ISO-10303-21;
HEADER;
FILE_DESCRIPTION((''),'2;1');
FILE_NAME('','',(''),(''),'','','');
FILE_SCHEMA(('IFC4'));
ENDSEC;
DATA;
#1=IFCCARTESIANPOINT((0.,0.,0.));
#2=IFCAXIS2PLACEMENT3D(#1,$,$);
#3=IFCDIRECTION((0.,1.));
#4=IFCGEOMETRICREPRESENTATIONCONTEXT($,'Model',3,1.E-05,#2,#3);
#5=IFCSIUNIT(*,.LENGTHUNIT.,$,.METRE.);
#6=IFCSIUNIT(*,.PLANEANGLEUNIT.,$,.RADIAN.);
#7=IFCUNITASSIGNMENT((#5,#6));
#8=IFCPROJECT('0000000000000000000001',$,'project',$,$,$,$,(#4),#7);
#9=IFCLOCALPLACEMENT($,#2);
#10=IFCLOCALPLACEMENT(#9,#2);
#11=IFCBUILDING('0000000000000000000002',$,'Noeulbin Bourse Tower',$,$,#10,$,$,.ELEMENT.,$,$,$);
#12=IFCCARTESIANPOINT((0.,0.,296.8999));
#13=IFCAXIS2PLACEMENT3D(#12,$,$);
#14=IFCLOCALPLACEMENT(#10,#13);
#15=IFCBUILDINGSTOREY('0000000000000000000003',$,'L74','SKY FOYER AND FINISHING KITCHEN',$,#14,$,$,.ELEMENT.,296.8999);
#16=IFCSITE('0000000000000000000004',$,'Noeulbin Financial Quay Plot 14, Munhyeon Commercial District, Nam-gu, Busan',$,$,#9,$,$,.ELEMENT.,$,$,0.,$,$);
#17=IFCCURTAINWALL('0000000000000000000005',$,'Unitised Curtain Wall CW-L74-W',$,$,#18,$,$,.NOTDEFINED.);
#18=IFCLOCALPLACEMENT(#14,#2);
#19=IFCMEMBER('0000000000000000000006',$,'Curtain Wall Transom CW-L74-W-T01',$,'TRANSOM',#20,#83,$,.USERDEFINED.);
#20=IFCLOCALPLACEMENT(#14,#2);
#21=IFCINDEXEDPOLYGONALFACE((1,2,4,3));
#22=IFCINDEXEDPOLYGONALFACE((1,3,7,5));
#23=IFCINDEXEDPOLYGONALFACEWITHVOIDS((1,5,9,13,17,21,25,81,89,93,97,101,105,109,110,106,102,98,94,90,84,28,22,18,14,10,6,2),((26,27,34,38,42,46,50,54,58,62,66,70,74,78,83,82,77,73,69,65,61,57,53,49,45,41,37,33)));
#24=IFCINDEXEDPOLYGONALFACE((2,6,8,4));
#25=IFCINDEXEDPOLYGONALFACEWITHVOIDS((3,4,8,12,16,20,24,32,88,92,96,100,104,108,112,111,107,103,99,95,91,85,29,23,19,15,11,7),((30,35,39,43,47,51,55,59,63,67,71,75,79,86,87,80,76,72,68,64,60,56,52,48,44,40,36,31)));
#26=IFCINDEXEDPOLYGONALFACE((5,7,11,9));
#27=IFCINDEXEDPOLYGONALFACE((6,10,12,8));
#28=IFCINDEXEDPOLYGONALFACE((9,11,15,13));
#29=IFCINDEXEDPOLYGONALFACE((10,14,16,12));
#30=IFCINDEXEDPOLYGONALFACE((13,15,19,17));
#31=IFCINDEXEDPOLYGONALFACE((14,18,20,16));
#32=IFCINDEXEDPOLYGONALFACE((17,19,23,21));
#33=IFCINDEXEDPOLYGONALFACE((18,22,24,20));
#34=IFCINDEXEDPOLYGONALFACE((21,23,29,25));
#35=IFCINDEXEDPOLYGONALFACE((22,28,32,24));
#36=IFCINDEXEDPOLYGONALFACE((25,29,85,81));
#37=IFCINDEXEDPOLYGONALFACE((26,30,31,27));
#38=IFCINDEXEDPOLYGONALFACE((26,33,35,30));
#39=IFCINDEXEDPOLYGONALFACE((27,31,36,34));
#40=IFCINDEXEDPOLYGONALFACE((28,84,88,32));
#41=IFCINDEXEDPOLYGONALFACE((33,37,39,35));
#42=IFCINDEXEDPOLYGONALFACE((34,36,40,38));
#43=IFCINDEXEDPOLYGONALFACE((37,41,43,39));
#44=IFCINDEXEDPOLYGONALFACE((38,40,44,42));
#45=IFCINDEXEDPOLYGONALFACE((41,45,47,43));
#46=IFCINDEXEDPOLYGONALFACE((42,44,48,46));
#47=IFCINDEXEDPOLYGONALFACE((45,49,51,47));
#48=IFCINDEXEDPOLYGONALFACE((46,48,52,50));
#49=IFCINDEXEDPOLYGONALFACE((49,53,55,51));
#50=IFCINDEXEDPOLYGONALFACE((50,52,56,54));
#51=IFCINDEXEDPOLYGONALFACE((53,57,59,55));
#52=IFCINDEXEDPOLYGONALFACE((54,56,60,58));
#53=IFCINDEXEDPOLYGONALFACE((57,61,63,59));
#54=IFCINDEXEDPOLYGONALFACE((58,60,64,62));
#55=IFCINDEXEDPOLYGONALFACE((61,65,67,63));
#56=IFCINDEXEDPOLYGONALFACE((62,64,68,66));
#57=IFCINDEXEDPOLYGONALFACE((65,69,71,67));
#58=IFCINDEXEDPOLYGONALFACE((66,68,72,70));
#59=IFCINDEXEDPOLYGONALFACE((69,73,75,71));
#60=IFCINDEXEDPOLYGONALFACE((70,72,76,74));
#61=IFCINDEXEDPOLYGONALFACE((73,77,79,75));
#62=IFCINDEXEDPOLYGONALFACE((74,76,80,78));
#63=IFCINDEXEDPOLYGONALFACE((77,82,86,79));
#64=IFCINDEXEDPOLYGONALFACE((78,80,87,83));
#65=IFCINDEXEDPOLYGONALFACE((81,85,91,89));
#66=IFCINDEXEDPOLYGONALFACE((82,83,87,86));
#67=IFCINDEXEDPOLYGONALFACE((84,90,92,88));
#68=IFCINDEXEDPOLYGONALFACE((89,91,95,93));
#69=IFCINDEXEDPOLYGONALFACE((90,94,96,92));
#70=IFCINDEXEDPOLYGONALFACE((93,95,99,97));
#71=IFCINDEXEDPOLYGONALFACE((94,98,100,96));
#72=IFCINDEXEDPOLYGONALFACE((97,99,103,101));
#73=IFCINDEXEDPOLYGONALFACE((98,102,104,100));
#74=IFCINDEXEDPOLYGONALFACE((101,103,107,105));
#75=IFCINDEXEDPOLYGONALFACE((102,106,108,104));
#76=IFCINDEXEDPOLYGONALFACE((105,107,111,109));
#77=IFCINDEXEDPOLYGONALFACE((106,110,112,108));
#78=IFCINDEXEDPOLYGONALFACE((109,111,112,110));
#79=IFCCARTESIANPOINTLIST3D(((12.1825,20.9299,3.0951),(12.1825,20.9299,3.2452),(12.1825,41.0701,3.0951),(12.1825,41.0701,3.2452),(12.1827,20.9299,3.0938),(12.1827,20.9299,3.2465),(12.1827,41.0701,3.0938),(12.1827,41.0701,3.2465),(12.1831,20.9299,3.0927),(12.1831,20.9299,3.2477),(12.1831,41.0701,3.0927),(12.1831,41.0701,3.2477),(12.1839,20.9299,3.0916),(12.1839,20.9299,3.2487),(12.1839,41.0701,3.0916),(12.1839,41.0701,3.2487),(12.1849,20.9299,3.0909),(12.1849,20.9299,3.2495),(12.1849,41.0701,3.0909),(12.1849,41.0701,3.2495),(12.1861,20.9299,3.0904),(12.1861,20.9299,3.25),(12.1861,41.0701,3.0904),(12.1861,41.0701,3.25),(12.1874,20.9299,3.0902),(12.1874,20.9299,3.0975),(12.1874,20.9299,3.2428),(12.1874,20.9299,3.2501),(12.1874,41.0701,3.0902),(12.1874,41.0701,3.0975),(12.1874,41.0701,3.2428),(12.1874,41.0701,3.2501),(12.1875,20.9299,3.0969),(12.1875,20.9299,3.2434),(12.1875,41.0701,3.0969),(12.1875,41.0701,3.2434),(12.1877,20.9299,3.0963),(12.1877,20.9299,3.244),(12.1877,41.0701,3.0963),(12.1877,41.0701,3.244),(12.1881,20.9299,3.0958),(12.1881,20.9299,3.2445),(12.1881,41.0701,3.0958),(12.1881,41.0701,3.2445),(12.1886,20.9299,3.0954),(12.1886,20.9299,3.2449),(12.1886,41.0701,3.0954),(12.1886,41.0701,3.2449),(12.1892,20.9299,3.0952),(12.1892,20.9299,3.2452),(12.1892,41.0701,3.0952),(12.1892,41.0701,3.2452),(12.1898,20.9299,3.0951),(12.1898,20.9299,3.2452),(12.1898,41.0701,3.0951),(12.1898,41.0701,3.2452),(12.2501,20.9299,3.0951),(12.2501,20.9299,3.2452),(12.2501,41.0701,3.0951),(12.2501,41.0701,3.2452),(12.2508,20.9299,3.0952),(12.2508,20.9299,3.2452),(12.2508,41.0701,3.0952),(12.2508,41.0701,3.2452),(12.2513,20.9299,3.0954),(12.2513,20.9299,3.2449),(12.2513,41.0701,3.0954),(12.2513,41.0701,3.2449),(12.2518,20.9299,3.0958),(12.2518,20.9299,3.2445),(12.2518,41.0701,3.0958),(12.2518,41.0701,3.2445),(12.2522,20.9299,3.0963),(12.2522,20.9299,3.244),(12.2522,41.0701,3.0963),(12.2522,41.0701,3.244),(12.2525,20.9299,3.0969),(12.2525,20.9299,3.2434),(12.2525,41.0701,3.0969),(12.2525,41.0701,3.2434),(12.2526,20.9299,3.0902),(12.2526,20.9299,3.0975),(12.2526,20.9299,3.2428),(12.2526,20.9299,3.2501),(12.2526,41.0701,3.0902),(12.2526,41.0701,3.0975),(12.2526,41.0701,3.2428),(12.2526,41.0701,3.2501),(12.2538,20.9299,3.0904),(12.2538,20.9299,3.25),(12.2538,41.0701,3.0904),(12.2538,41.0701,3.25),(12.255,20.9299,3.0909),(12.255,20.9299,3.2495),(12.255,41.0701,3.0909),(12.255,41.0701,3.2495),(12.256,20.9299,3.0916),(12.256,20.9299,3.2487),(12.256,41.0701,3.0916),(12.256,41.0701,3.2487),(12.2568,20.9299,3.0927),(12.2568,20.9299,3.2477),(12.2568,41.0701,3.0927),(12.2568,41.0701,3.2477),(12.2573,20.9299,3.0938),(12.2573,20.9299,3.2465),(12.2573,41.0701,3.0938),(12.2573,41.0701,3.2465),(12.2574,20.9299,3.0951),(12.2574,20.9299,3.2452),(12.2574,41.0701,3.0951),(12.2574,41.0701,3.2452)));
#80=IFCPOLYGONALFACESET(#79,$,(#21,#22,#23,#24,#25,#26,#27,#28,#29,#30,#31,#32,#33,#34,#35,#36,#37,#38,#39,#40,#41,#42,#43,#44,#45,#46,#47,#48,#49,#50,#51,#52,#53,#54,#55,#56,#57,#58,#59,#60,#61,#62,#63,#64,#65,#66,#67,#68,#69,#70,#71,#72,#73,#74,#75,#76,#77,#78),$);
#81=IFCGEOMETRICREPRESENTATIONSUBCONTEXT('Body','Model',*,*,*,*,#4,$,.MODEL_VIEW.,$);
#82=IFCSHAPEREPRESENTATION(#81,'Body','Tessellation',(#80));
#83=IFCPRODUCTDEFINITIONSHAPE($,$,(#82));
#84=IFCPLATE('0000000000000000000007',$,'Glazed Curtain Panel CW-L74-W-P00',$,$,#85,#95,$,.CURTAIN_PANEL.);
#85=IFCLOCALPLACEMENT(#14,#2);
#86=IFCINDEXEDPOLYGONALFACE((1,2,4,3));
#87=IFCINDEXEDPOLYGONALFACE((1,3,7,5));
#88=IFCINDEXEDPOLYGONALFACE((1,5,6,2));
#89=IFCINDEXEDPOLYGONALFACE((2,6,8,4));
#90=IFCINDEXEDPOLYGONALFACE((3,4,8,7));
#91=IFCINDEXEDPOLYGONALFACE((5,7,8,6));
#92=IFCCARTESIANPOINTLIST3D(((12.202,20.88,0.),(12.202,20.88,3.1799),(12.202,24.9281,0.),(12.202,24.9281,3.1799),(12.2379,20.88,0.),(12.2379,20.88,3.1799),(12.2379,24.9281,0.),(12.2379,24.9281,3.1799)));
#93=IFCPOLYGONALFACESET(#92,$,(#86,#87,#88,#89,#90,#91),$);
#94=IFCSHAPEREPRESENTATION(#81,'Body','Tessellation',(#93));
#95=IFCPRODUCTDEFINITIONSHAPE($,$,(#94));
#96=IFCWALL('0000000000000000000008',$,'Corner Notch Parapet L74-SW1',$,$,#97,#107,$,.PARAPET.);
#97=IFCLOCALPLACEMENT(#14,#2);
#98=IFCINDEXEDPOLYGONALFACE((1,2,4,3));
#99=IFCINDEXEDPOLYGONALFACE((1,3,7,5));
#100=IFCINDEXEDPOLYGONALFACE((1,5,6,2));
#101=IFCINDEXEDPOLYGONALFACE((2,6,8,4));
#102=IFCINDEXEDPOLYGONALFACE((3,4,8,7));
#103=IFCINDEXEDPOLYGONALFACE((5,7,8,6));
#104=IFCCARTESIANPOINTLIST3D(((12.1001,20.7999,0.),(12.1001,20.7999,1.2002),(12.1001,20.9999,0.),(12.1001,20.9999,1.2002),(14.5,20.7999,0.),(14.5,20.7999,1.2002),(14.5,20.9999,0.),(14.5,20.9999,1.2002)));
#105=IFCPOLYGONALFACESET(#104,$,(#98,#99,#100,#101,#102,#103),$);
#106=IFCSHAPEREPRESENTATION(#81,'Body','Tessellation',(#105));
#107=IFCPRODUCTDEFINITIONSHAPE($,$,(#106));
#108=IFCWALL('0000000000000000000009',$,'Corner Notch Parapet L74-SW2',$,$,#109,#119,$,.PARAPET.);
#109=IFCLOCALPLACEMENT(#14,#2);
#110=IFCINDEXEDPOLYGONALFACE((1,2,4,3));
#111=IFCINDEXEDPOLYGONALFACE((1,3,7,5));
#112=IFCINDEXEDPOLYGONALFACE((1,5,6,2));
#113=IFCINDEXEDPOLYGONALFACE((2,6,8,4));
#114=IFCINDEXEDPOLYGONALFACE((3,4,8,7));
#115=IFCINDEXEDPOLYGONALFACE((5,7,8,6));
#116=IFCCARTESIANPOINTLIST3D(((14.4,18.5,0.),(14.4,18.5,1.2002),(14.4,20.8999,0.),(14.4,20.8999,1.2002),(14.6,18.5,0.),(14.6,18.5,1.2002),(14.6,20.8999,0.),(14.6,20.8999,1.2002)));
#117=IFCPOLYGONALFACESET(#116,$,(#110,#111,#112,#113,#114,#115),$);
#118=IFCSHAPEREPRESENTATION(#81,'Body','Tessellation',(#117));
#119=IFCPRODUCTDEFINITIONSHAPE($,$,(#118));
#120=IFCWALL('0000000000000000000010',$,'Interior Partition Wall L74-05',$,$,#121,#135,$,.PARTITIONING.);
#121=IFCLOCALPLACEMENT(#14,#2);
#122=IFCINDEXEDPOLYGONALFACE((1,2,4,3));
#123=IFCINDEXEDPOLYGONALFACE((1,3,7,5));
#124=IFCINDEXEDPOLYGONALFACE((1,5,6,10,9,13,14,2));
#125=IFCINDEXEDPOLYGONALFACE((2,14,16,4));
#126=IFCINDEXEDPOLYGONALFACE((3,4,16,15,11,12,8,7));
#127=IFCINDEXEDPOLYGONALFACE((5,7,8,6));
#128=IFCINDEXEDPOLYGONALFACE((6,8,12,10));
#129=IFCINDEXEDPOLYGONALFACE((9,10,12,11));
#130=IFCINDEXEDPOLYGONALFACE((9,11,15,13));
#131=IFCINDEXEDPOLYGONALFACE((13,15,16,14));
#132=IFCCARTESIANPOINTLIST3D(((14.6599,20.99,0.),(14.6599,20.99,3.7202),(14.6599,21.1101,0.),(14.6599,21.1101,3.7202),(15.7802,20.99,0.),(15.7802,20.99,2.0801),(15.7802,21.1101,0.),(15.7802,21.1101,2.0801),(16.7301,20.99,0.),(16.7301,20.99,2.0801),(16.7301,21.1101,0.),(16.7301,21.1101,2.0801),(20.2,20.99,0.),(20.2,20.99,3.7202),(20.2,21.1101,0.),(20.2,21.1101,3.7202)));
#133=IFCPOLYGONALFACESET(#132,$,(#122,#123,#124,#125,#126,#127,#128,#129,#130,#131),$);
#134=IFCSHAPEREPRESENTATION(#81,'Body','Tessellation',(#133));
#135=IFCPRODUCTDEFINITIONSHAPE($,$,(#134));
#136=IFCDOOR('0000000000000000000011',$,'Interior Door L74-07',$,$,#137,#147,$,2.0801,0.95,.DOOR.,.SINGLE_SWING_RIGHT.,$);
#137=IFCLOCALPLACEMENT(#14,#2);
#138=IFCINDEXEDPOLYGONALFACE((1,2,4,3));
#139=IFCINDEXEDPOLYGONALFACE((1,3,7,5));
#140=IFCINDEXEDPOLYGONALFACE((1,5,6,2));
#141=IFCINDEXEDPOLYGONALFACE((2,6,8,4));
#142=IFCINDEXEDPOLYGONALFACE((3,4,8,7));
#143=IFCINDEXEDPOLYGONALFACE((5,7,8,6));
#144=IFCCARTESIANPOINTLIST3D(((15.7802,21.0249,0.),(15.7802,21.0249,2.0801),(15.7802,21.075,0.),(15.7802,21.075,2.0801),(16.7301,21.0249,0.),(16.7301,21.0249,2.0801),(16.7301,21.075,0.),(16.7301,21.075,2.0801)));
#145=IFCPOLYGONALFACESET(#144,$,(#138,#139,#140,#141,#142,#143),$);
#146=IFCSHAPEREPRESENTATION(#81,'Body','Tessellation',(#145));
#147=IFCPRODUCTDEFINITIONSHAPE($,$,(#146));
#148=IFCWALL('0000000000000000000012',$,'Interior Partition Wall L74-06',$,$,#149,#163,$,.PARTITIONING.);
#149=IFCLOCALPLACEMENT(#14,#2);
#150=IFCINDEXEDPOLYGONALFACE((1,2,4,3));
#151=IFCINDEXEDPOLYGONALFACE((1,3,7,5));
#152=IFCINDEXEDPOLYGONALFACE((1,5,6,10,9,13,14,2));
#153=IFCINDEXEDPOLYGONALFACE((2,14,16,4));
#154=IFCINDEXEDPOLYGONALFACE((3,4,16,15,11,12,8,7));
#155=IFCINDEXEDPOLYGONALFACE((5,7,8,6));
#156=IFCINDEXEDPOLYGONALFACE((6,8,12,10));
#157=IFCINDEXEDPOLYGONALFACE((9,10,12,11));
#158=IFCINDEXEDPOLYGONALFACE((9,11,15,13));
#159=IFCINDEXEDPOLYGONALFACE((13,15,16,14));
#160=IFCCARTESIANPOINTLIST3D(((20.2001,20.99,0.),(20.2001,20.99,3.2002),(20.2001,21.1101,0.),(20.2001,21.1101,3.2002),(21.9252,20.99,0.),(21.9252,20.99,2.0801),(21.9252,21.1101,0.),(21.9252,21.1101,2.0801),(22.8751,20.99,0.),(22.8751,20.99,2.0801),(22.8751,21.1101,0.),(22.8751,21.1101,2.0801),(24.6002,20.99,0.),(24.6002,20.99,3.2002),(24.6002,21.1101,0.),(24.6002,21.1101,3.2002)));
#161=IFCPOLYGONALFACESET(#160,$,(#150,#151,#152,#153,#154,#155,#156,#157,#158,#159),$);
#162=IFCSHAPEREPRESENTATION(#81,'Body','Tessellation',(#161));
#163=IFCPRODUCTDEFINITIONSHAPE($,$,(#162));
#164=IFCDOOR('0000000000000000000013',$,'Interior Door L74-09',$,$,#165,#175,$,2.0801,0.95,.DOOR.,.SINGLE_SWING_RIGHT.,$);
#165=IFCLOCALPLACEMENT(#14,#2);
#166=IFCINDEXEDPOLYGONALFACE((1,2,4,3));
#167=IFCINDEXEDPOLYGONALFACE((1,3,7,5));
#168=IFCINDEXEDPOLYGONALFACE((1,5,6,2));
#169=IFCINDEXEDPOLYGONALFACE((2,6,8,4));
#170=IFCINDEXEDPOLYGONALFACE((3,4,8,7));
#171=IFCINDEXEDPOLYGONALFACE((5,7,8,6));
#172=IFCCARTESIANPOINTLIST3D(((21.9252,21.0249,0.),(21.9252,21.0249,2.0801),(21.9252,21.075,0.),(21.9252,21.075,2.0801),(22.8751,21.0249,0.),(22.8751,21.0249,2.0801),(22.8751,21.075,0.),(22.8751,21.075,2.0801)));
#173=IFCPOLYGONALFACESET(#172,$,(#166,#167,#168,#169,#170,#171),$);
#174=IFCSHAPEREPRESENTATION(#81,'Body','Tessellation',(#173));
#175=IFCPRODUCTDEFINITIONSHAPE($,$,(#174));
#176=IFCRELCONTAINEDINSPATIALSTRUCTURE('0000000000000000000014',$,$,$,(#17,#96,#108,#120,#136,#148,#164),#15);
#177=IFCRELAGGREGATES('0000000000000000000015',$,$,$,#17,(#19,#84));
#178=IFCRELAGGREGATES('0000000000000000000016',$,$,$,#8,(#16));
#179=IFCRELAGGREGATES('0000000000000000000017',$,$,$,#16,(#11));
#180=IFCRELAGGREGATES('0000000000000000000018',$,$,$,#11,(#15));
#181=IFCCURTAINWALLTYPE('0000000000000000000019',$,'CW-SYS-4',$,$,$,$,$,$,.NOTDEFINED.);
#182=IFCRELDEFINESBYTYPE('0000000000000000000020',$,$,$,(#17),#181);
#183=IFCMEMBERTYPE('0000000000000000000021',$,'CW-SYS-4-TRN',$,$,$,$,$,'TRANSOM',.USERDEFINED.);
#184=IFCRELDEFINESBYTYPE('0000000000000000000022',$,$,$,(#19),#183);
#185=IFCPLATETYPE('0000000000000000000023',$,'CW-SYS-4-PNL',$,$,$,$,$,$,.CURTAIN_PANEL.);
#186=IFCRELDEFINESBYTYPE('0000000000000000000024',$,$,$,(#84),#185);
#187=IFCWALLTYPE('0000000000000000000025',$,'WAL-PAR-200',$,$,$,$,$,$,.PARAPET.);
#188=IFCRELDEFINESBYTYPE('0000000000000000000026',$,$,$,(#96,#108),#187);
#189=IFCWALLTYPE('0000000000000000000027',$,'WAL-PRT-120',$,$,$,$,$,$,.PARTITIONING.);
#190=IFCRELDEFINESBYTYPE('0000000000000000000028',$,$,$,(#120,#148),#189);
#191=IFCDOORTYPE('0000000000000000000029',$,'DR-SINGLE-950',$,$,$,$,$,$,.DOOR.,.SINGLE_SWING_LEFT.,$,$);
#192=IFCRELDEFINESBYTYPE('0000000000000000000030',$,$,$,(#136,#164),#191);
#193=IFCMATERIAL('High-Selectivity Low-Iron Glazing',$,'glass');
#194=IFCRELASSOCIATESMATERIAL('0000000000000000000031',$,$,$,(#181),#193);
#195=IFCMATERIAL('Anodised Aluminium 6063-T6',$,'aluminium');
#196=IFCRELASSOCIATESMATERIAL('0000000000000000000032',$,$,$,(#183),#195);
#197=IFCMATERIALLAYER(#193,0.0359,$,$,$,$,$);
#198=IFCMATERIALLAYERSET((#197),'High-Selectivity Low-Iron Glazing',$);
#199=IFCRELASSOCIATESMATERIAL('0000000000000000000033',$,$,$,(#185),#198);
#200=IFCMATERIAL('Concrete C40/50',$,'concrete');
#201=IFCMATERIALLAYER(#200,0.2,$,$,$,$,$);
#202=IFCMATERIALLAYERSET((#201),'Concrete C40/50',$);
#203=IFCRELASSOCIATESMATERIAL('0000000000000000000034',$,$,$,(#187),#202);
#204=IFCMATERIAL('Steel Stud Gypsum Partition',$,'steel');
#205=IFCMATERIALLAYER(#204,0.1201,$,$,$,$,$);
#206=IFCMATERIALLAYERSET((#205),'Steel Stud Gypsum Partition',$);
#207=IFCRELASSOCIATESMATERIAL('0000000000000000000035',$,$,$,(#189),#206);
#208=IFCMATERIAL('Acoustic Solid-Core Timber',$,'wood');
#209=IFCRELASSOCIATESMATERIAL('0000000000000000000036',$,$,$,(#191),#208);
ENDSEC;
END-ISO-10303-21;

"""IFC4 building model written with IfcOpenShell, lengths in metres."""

from ifc_helpers import new_model, si_unit, direction, frame, frame_2d, origin, origin_2d, place, context, subcontext, project, spatial, rectangle, hollow_rectangle, extrude, material, layer, layer_set, material_profile, profile_set, type_object, element, fill, aggregate, save


model = new_model("IFC4")

# Units and contexts
model_context = context("Model", 3, precision=1e-05, world=origin(), true_north=direction((0.0, 1.0)))
body_context = subcontext(model_context, "Body", "Model", "MODEL_VIEW")
ifc_project = project(units=[si_unit("LENGTHUNIT", "METRE"), si_unit("PLANEANGLEUNIT", "RADIAN")], contexts=[model_context])

# Site, building, storey
site_placement = place(None, origin())
site = spatial("IfcSite", under=ifc_project, at=site_placement, Name="Noeulbin Financial Quay Plot 14, Munhyeon Commercial District, Nam-gu, Busan", CompositionType="ELEMENT", RefElevation=0.0)
building_placement = place(site_placement, origin())
building = spatial("IfcBuilding", under=site, at=building_placement, Name="Noeulbin Bourse Tower", CompositionType="ELEMENT")
storey_placement = place(building_placement, frame((0.0, 0.0, 296.8999)))
storey = spatial("IfcBuildingStorey", under=building, at=storey_placement, Name="L74", Description="SKY FOYER AND FINISHING KITCHEN", CompositionType="ELEMENT", Elevation=296.8999)

# Curtain wall, member, plate
ifc_material_1 = material(Name="High-Selectivity Low-Iron Glazing", Category="glass")
curtain_wall_type = type_object("IfcCurtainWallType", Name="CW-SYS-4", PredefinedType="NOTDEFINED", material=ifc_material_1)
curtain_wall_placement = place(storey_placement, origin())
curtain_wall = element("IfcCurtainWall", 1, at=curtain_wall_placement, inside=storey, type_object=curtain_wall_type, Name="Unitised Curtain Wall CW-L74-W", PredefinedType="NOTDEFINED")
ifc_material_2 = material(Name="Anodised Aluminium 6063-T6", Category="aluminium")
ifc_material_profile_1 = material_profile(ifc_material_2, hollow_rectangle(XDim=0.075, YDim=0.1599, WallThickness=0.0049, InnerFilletRadius=0.0024, OuterFilletRadius=0.0049, at=origin_2d()), Name="ALU-TRAN-75x160x5", Category="LoadBearing")
ifc_profile_set_1 = profile_set([ifc_material_profile_1], Name="Anodised Aluminium 6063-T6")
member_type_1 = type_object("IfcMemberType", Name="CW-SYS-4-TRN", ElementType="TRANSOM", PredefinedType="USERDEFINED", material=ifc_profile_set_1)
member_1_placement = place(storey_placement, frame((12.22, 20.9299, 3.1702), z_axis=(0.0, 1.0, 0.0), x_axis=(-1.0, 0.0, 0.0)))
member_1 = element("IfcMember", 2, at=member_1_placement, type_object=member_type_1, Name="Curtain Wall Transom CW-L74-W-T01", ObjectType="TRANSOM", PredefinedType="USERDEFINED", context=body_context, shape_type="SweptSolid", body=[
    extrude(hollow_rectangle(XDim=0.075, YDim=0.1599, WallThickness=0.0049, InnerFilletRadius=0.0024, OuterFilletRadius=0.0049, at=origin_2d()), origin(), (0.0, 0.0, 1.0), 20.1401),
])
ifc_layer_1 = layer(ifc_material_1, 0.0359)
ifc_layer_set_1 = layer_set([ifc_layer_1], Name="High-Selectivity Low-Iron Glazing")
plate_type = type_object("IfcPlateType", Name="CW-SYS-4-PNL", PredefinedType="CURTAIN_PANEL", material=ifc_layer_set_1)
plate_placement = place(storey_placement, frame((12.22, 22.9041, 0.0), z_axis=(0.0, 0.0, 1.0), x_axis=(0.0, 1.0, 0.0)))
plate = element("IfcPlate", 3, at=plate_placement, type_object=plate_type, Name="Glazed Curtain Panel CW-L74-W-P00", PredefinedType="CURTAIN_PANEL", context=body_context, shape_type="SweptSolid", body=[
    extrude(rectangle(XDim=4.0481, YDim=0.0359, at=origin_2d()), origin(), (0.0, 0.0, 1.0), 3.1799),
])
aggregate(curtain_wall, [member_1, plate])

# Walls
ifc_material_3 = material(Name="Concrete C40/50", Category="concrete")
ifc_layer_2 = layer(ifc_material_3, 0.2)
ifc_layer_set_2 = layer_set([ifc_layer_2], Name="Concrete C40/50")
wall_type_1 = type_object("IfcWallType", Name="WAL-PAR-200", PredefinedType="PARAPET", material=ifc_layer_set_2)
for number, where, z_axis, x_axis, name in (
    (4, (12.1001, 20.8999, 0.0), (0.0, 0.0, 1.0), (1.0, 0.0, 0.0), "Corner Notch Parapet L74-SW1"),
    (5, (14.5, 20.8999, 0.0), (0.0, 0.0, 1.0), (0.0, -1.0, 0.0), "Corner Notch Parapet L74-SW2"),
):
    element("IfcWall", number, at=place(storey_placement, frame(where, z_axis=z_axis, x_axis=x_axis)), inside=storey, type_object=wall_type_1, Name=name, PredefinedType="PARAPET", context=body_context, shape_type="SweptSolid", body=[
        extrude(rectangle(XDim=2.3999, YDim=0.2, at=frame_2d((1.2, 0.0))), origin(), (0.0, 0.0, 1.0), 1.2002),
    ])

# Walls, openings, doors
ifc_material_4 = material(Name="Steel Stud Gypsum Partition", Category="steel")
ifc_layer_3 = layer(ifc_material_4, 0.1201)
ifc_layer_set_3 = layer_set([ifc_layer_3], Name="Steel Stud Gypsum Partition")
wall_type_2 = type_object("IfcWallType", Name="WAL-PRT-120", PredefinedType="PARTITIONING", material=ifc_layer_set_3)
wall_1_placement = place(storey_placement, frame((14.6599, 21.05, 0.0), z_axis=(0.0, 0.0, 1.0), x_axis=(1.0, 0.0, 0.0)))
wall_1 = element("IfcWall", 6, at=wall_1_placement, inside=storey, type_object=wall_type_2, Name="Interior Partition Wall L74-05", PredefinedType="PARTITIONING", context=body_context, shape_type="SweptSolid", body=[
    extrude(rectangle(XDim=5.54, YDim=0.1201, at=frame_2d((2.77, 0.0))), origin(), (0.0, 0.0, 1.0), 3.7202),
])
opening_1_placement = place(wall_1_placement, frame((1.1201, 0.0, 0.0)))
opening_1 = element("IfcOpeningElement", 7, at=opening_1_placement, cuts=wall_1, PredefinedType="OPENING", context=body_context, shape_type="SweptSolid", body=[
    extrude(rectangle(XDim=0.95, YDim=2.0801, at=frame_2d((0.4751, 1.04))), frame((0.0, 0.0701, 0.0), z_axis=(0.0, -1.0, 0.0), x_axis=(1.0, 0.0, 0.0)), (0.0, 0.0, 1.0), 0.1401),
])
ifc_material_5 = material(Name="Acoustic Solid-Core Timber", Category="wood")
door_type = type_object("IfcDoorType", Name="DR-SINGLE-950", OperationType="SINGLE_SWING_LEFT", PredefinedType="DOOR", material=ifc_material_5)
door_1_placement = place(opening_1_placement, origin())
door_1 = element("IfcDoor", 8, at=door_1_placement, inside=storey, type_object=door_type, Name="Interior Door L74-07", OperationType="SINGLE_SWING_RIGHT", OverallHeight=2.0801, OverallWidth=0.95, PredefinedType="DOOR", context=body_context, shape_type="SweptSolid", body=[
    extrude(rectangle(XDim=0.95, YDim=2.0801, at=frame_2d((0.4751, 1.04))), frame((0.0, 0.0249, 0.0), z_axis=(0.0, -1.0, 0.0), x_axis=(1.0, 0.0, 0.0)), (0.0, 0.0, 1.0), 0.05),
])
fill(opening_1, door_1)
wall_2_placement = place(storey_placement, frame((20.2, 21.05, 0.0), z_axis=(0.0, 0.0, 1.0), x_axis=(1.0, 0.0, 0.0)))
wall_2 = element("IfcWall", 9, at=wall_2_placement, inside=storey, type_object=wall_type_2, Name="Interior Partition Wall L74-06", PredefinedType="PARTITIONING", context=body_context, shape_type="SweptSolid", body=[
    extrude(rectangle(XDim=4.4001, YDim=0.1201, at=frame_2d((2.2002, 0.0))), origin(), (0.0, 0.0, 1.0), 3.2002),
])
opening_2_placement = place(wall_2_placement, frame((1.7251, 0.0, 0.0)))
opening_2 = element("IfcOpeningElement", 10, at=opening_2_placement, cuts=wall_2, PredefinedType="OPENING", context=body_context, shape_type="SweptSolid", body=[
    extrude(rectangle(XDim=0.95, YDim=2.0801, at=frame_2d((0.4751, 1.04))), frame((0.0, 0.0701, 0.0), z_axis=(0.0, -1.0, 0.0), x_axis=(1.0, 0.0, 0.0)), (0.0, 0.0, 1.0), 0.1401),
])
door_2_placement = place(opening_2_placement, origin())
door_2 = element("IfcDoor", 11, at=door_2_placement, inside=storey, type_object=door_type, Name="Interior Door L74-09", OperationType="SINGLE_SWING_RIGHT", OverallHeight=2.0801, OverallWidth=0.95, PredefinedType="DOOR", context=body_context, shape_type="SweptSolid", body=[
    extrude(rectangle(XDim=0.95, YDim=2.0801, at=frame_2d((0.4751, 1.04))), frame((0.0, 0.0249, 0.0), z_axis=(0.0, -1.0, 0.0), x_axis=(1.0, 0.0, 0.0)), (0.0, 0.0, 1.0), 0.05),
])
fill(opening_2, door_2)

save(model, "model.ifc")
